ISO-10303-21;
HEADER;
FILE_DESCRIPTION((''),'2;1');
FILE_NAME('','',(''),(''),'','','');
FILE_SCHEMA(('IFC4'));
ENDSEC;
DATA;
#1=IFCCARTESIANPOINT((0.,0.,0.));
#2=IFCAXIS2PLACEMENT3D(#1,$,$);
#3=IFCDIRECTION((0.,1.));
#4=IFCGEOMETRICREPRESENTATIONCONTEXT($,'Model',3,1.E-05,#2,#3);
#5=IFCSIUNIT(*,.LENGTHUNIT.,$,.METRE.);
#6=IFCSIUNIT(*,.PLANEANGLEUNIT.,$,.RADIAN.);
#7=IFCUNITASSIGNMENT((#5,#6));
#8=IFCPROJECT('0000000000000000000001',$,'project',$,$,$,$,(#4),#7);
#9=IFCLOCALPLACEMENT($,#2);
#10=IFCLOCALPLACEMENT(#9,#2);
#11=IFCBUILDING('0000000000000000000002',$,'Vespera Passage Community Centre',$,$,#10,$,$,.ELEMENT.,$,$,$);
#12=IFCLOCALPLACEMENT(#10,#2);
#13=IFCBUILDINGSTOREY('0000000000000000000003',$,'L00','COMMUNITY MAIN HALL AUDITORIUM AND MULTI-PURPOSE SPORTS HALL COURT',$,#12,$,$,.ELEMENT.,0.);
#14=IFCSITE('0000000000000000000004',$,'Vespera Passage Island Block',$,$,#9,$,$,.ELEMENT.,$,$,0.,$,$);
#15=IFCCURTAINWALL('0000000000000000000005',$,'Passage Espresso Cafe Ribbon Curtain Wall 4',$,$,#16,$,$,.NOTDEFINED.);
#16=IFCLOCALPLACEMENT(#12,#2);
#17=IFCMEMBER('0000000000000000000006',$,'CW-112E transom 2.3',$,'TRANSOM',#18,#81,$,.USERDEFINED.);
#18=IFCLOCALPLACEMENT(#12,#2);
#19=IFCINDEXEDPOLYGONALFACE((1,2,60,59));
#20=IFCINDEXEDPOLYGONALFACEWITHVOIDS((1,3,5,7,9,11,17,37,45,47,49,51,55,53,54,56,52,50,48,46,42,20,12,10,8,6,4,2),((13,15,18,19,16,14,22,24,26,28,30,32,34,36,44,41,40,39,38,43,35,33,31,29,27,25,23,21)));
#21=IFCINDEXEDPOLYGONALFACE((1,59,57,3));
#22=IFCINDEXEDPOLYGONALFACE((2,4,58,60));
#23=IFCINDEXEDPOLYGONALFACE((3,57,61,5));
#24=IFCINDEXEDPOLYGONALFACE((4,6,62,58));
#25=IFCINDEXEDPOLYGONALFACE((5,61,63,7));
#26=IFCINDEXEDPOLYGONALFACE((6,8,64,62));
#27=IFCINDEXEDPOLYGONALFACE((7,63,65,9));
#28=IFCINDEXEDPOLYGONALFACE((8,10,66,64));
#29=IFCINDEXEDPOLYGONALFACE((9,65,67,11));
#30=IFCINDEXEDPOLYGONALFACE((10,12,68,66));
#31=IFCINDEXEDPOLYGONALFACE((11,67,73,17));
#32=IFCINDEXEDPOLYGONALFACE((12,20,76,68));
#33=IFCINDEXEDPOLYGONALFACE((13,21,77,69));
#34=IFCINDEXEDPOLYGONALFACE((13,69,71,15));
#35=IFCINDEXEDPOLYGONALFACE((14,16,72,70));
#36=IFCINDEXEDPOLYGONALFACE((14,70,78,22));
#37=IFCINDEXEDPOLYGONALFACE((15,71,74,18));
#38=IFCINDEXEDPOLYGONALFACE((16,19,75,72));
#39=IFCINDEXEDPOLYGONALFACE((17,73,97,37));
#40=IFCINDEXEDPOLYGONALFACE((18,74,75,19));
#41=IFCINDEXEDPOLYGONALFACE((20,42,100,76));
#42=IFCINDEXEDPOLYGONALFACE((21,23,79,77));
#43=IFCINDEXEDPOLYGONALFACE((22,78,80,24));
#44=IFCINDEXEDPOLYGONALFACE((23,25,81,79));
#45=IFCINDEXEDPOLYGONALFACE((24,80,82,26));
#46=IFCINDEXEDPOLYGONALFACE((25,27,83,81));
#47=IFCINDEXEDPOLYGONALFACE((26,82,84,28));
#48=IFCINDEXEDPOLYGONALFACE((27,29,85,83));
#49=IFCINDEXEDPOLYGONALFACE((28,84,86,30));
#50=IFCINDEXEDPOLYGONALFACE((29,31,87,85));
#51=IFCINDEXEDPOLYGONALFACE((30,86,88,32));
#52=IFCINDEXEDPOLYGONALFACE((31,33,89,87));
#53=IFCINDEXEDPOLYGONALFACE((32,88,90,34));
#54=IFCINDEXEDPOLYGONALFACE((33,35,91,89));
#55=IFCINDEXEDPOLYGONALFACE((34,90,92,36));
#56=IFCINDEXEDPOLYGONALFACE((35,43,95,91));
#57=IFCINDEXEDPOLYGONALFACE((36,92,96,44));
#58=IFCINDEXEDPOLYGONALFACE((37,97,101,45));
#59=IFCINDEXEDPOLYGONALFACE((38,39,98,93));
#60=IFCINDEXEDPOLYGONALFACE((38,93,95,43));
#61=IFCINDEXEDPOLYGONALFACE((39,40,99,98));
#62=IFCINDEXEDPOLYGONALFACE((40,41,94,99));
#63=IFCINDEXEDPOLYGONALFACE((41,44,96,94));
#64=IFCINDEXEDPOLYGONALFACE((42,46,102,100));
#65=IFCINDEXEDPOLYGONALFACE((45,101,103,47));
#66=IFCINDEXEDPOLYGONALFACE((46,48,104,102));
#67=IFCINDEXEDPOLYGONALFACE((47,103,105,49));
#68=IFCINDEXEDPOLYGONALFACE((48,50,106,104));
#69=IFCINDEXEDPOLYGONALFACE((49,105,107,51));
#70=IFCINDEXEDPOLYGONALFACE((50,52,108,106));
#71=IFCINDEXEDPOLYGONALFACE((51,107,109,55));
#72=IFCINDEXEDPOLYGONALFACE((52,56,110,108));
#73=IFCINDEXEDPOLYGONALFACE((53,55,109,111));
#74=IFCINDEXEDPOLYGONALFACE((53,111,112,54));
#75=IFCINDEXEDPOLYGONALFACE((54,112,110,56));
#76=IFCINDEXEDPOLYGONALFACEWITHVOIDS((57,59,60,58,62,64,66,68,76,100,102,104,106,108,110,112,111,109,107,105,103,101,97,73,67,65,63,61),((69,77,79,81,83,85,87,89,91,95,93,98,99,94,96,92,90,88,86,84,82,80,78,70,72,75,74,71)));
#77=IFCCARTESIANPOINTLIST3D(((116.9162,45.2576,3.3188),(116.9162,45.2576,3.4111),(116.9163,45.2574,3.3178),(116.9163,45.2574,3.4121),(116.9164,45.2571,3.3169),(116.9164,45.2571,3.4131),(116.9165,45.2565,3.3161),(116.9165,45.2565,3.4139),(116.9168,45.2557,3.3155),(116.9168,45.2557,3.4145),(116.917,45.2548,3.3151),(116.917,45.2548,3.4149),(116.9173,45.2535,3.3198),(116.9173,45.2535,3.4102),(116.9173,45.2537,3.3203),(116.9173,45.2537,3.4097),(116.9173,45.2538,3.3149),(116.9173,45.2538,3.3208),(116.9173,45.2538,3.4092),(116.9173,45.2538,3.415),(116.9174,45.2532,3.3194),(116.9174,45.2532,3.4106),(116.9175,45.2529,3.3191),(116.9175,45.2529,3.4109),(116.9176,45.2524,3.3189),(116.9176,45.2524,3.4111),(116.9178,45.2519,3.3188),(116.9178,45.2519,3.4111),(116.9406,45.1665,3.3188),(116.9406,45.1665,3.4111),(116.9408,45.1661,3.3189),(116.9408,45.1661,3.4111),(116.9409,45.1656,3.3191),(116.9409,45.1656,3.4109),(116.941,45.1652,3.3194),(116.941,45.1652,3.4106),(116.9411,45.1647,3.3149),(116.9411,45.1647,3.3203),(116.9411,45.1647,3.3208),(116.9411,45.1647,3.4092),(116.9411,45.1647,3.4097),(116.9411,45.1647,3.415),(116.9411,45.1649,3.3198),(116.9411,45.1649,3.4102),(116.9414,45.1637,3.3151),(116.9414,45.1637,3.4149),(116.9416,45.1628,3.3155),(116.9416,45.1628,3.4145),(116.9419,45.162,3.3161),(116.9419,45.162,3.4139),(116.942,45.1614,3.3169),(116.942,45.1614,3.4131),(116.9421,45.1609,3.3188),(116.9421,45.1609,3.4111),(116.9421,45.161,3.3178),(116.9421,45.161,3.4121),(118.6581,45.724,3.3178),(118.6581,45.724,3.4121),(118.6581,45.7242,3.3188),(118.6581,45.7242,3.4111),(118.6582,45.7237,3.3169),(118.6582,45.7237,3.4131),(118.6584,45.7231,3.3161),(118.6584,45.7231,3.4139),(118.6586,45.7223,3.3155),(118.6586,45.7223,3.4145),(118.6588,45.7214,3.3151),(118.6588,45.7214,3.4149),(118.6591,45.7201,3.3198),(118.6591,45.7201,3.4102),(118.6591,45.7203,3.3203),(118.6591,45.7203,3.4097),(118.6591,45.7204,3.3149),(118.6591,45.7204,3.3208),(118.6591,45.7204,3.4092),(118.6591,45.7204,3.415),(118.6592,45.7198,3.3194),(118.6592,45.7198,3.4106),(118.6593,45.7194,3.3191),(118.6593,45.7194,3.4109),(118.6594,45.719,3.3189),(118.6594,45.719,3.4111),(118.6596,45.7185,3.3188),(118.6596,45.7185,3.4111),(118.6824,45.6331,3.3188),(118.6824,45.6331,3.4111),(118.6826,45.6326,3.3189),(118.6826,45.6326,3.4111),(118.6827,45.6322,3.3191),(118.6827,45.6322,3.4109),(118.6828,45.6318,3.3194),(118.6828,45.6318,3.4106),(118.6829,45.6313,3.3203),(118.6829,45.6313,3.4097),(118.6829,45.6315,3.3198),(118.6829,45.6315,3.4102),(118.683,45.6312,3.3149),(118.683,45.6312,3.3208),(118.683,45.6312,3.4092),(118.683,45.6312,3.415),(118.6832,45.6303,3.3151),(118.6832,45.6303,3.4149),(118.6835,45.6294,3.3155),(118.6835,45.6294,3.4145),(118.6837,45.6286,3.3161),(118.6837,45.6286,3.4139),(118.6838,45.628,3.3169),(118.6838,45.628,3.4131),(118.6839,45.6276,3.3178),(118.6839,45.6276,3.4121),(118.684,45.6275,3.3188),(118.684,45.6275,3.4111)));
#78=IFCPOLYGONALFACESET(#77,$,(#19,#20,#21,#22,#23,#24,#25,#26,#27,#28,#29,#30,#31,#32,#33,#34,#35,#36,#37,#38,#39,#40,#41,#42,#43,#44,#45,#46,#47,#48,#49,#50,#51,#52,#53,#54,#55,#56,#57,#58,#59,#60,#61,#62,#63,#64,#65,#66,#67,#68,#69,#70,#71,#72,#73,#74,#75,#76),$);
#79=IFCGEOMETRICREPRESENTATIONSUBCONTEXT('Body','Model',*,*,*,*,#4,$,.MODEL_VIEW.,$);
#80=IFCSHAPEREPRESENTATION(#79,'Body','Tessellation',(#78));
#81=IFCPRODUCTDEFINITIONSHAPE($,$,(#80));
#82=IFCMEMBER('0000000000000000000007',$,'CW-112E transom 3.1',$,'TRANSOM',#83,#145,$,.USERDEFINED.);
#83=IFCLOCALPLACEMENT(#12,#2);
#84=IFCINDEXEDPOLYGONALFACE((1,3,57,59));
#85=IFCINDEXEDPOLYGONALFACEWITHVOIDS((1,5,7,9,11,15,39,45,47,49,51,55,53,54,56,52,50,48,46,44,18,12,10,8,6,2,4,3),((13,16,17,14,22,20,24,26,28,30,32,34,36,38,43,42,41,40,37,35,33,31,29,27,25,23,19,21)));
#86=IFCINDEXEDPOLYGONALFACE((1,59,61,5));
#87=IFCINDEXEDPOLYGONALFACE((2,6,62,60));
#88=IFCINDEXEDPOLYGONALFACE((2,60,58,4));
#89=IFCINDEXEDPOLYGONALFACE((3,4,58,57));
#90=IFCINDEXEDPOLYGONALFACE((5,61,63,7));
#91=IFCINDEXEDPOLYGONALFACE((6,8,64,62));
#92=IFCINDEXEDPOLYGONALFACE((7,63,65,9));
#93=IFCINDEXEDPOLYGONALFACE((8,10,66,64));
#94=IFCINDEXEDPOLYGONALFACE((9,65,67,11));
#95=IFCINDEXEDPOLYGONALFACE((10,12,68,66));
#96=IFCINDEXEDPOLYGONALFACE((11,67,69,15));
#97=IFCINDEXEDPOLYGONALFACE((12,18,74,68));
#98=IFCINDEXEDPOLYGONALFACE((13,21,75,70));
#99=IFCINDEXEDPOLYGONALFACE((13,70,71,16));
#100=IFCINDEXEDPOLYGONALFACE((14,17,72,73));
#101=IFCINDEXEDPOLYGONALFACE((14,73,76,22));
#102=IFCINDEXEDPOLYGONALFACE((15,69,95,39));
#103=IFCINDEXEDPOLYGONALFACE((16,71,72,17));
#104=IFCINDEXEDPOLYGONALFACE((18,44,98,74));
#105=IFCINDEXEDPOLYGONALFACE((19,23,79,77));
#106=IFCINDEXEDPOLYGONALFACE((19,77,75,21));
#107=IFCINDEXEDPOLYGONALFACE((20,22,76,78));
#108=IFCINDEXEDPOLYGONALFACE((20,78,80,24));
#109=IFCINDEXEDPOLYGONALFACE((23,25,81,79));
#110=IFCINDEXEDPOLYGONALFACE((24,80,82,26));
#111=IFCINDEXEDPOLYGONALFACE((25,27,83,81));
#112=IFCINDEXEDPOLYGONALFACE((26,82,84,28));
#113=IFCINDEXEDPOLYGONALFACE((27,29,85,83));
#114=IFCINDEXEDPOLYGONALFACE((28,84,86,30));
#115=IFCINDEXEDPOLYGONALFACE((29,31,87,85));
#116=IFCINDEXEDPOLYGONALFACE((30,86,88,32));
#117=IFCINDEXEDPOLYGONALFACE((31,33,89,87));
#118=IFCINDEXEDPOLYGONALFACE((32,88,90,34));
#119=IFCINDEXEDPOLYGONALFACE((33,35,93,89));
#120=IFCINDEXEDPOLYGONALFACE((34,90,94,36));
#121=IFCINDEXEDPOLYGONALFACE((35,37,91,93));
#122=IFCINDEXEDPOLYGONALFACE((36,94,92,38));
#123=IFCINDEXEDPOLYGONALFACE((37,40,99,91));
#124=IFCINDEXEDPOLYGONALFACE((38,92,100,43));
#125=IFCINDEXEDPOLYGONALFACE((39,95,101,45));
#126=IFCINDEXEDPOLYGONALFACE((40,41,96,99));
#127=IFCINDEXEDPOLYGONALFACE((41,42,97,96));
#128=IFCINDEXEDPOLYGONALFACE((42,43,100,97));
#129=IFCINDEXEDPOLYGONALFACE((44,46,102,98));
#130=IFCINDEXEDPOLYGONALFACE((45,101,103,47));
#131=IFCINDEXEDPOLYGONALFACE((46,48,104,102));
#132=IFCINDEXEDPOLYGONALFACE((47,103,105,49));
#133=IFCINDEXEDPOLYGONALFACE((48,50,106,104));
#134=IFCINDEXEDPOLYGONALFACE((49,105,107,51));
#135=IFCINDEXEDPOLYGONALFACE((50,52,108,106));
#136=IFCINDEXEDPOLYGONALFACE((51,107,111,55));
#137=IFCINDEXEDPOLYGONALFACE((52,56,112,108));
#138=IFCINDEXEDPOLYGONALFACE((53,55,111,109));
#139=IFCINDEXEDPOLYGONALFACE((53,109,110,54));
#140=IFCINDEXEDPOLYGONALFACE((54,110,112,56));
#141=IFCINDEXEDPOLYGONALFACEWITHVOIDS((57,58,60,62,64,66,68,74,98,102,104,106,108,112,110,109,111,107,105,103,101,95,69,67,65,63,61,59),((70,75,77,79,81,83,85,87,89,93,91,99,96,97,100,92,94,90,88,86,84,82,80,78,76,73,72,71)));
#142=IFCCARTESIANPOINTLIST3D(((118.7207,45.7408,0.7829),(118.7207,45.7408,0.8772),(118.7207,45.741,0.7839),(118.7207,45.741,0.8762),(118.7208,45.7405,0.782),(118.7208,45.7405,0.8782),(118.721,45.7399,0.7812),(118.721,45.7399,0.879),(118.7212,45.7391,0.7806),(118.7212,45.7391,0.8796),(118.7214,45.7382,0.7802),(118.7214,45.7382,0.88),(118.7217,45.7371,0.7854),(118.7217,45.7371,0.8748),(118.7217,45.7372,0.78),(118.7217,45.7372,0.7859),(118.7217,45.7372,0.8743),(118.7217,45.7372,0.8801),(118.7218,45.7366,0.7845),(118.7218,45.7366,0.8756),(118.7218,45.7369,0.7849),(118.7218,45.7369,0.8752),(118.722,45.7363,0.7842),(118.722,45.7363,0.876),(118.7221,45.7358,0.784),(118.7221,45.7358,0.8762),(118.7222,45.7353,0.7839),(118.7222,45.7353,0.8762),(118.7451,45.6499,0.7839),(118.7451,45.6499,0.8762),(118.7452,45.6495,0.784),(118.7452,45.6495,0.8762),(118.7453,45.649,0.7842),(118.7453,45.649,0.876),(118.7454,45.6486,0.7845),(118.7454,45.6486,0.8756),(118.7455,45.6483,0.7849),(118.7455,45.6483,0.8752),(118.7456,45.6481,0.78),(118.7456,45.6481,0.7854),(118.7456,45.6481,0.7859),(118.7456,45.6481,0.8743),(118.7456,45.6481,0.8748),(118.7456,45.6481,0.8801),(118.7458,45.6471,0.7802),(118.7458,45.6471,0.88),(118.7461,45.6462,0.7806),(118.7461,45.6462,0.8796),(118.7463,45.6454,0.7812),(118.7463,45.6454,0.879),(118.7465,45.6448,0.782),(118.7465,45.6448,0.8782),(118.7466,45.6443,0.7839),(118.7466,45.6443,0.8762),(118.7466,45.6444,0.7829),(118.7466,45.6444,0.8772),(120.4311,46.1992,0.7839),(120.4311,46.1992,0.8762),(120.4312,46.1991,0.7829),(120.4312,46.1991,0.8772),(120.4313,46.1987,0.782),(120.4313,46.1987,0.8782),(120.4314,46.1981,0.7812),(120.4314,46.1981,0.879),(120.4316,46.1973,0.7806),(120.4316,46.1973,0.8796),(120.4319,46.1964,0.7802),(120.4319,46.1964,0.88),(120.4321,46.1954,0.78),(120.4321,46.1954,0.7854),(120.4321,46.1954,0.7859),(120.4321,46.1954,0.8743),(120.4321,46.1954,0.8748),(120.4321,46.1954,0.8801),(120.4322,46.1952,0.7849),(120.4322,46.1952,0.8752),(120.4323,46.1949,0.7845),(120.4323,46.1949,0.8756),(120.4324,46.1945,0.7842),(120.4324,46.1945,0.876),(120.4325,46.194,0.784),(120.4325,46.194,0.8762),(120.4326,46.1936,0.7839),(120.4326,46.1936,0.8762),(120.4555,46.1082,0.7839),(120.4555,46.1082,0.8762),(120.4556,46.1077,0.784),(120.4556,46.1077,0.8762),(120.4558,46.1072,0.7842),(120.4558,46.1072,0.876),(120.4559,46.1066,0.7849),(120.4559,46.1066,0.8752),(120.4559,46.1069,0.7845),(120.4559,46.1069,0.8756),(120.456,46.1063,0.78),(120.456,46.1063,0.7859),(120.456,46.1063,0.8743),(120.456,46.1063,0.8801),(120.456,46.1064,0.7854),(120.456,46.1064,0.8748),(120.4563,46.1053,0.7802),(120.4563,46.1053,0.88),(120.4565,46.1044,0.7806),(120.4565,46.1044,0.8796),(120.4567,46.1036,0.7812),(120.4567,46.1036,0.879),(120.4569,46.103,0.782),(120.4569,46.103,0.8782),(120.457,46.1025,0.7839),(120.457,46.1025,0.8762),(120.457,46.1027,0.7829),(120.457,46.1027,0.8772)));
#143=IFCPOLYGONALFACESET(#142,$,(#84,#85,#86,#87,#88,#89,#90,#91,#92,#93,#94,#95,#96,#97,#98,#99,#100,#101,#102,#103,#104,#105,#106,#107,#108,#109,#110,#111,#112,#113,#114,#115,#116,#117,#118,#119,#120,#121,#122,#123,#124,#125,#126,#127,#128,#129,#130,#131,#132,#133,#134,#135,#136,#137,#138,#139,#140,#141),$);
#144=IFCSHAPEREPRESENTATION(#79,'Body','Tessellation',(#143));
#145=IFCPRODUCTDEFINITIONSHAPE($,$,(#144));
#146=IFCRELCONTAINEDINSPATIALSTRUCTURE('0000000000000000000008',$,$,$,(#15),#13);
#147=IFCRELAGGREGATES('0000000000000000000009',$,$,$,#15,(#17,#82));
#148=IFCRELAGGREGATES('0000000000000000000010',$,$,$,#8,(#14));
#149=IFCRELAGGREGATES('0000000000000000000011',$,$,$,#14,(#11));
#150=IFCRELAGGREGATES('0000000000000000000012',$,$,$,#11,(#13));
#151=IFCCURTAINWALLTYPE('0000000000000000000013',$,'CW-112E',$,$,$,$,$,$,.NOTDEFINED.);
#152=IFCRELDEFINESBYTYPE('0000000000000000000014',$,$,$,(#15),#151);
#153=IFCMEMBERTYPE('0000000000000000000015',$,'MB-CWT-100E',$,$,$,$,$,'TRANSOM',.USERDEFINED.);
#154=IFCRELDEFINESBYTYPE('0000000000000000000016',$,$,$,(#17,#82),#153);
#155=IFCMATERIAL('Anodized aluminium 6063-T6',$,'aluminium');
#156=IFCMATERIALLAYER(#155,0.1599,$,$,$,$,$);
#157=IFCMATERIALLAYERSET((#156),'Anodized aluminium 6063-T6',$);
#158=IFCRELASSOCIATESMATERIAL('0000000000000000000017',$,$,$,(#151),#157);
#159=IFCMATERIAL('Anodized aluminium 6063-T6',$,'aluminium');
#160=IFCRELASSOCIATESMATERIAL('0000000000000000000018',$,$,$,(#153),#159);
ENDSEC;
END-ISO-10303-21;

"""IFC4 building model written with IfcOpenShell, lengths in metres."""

from ifc_helpers import new_model, si_unit, direction, frame, origin, origin_2d, place, context, subcontext, project, spatial, hollow_rectangle, extrude, material, layer, layer_set, material_profile, profile_set, type_object, element, aggregate, save


model = new_model("IFC4")

# Units and contexts
model_context = context("Model", 3, precision=1e-05, world=origin(), true_north=direction((0.0, 1.0)))
body_context = subcontext(model_context, "Body", "Model", "MODEL_VIEW")
ifc_project = project(units=[si_unit("LENGTHUNIT", "METRE"), si_unit("PLANEANGLEUNIT", "RADIAN")], contexts=[model_context])

# Site, building, storey
site_placement = place(None, origin())
site = spatial("IfcSite", under=ifc_project, at=site_placement, Name="Vespera Passage Island Block", CompositionType="ELEMENT", RefElevation=0.0)
building_placement = place(site_placement, origin())
building = spatial("IfcBuilding", under=site, at=building_placement, Name="Vespera Passage Community Centre", CompositionType="ELEMENT")
storey_placement = place(building_placement, origin())
storey = spatial("IfcBuildingStorey", under=building, at=storey_placement, Name="L00", Description="COMMUNITY MAIN HALL AUDITORIUM AND MULTI-PURPOSE SPORTS HALL COURT", CompositionType="ELEMENT", Elevation=0.0)

# Curtain wall
ifc_material_1 = material(Name="Anodized aluminium 6063-T6", Category="aluminium")
ifc_layer_1 = layer(ifc_material_1, 0.1599)
ifc_layer_set_1 = layer_set([ifc_layer_1], Name="Anodized aluminium 6063-T6")
curtain_wall_type = type_object("IfcCurtainWallType", Name="CW-112E", PredefinedType="NOTDEFINED", material=ifc_layer_set_1)
curtain_wall_1_placement = place(storey_placement, origin())
curtain_wall_1 = element("IfcCurtainWall", 1, at=curtain_wall_1_placement, inside=storey, type_object=curtain_wall_type, Name="Passage Espresso Cafe Ribbon Curtain Wall 4", PredefinedType="NOTDEFINED")

# Members
ifc_material_2 = material(Name="Anodized aluminium 6063-T6", Category="aluminium")
ifc_material_profile_1 = material_profile(ifc_material_2, hollow_rectangle(XDim=0.1001, YDim=0.1001, WallThickness=0.0039, InnerFilletRadius=0.002, OuterFilletRadius=0.0039, at=origin_2d()), Name="ALU100X100X4")
ifc_profile_set_1 = profile_set([ifc_material_profile_1], Name="Anodized aluminium 6063-T6")
member_type_1 = type_object("IfcMemberType", Name="MB-CWT-100E", ElementType="TRANSOM", PredefinedType="USERDEFINED", material=ifc_profile_set_1)
member_1_placement = place(storey_placement, frame((116.9292, 45.2092, 3.365), z_axis=(0.965944, 0.25875, 0.0), x_axis=(-0.25875, 0.965944, 0.0)))
member_1 = element("IfcMember", 2, at=member_1_placement, type_object=member_type_1, Name="CW-112E transom 2.3", ObjectType="TRANSOM", PredefinedType="USERDEFINED", context=body_context, shape_type="SweptSolid", body=[
    extrude(hollow_rectangle(XDim=0.1001, YDim=0.1001, WallThickness=0.0039, InnerFilletRadius=0.002, OuterFilletRadius=0.0039, at=origin_2d()), origin(), (0.0, 0.0, 1.0), 1.8032),
])
member_2_placement = place(storey_placement, frame((118.7336, 45.6926, 0.8301), z_axis=(0.965935, 0.258787, 0.0), x_axis=(-0.258787, 0.965935, 0.0)))
member_2 = element("IfcMember", 3, at=member_2_placement, type_object=member_type_1, Name="CW-112E transom 3.1", ObjectType="TRANSOM", PredefinedType="USERDEFINED", context=body_context, shape_type="SweptSolid", body=[
    extrude(hollow_rectangle(XDim=0.1001, YDim=0.1001, WallThickness=0.0039, InnerFilletRadius=0.002, OuterFilletRadius=0.0039, at=origin_2d()), origin(), (0.0, 0.0, 1.0), 1.7708),
])

aggregate(curtain_wall_1, [member_1, member_2])

save(model, "model.ifc")
